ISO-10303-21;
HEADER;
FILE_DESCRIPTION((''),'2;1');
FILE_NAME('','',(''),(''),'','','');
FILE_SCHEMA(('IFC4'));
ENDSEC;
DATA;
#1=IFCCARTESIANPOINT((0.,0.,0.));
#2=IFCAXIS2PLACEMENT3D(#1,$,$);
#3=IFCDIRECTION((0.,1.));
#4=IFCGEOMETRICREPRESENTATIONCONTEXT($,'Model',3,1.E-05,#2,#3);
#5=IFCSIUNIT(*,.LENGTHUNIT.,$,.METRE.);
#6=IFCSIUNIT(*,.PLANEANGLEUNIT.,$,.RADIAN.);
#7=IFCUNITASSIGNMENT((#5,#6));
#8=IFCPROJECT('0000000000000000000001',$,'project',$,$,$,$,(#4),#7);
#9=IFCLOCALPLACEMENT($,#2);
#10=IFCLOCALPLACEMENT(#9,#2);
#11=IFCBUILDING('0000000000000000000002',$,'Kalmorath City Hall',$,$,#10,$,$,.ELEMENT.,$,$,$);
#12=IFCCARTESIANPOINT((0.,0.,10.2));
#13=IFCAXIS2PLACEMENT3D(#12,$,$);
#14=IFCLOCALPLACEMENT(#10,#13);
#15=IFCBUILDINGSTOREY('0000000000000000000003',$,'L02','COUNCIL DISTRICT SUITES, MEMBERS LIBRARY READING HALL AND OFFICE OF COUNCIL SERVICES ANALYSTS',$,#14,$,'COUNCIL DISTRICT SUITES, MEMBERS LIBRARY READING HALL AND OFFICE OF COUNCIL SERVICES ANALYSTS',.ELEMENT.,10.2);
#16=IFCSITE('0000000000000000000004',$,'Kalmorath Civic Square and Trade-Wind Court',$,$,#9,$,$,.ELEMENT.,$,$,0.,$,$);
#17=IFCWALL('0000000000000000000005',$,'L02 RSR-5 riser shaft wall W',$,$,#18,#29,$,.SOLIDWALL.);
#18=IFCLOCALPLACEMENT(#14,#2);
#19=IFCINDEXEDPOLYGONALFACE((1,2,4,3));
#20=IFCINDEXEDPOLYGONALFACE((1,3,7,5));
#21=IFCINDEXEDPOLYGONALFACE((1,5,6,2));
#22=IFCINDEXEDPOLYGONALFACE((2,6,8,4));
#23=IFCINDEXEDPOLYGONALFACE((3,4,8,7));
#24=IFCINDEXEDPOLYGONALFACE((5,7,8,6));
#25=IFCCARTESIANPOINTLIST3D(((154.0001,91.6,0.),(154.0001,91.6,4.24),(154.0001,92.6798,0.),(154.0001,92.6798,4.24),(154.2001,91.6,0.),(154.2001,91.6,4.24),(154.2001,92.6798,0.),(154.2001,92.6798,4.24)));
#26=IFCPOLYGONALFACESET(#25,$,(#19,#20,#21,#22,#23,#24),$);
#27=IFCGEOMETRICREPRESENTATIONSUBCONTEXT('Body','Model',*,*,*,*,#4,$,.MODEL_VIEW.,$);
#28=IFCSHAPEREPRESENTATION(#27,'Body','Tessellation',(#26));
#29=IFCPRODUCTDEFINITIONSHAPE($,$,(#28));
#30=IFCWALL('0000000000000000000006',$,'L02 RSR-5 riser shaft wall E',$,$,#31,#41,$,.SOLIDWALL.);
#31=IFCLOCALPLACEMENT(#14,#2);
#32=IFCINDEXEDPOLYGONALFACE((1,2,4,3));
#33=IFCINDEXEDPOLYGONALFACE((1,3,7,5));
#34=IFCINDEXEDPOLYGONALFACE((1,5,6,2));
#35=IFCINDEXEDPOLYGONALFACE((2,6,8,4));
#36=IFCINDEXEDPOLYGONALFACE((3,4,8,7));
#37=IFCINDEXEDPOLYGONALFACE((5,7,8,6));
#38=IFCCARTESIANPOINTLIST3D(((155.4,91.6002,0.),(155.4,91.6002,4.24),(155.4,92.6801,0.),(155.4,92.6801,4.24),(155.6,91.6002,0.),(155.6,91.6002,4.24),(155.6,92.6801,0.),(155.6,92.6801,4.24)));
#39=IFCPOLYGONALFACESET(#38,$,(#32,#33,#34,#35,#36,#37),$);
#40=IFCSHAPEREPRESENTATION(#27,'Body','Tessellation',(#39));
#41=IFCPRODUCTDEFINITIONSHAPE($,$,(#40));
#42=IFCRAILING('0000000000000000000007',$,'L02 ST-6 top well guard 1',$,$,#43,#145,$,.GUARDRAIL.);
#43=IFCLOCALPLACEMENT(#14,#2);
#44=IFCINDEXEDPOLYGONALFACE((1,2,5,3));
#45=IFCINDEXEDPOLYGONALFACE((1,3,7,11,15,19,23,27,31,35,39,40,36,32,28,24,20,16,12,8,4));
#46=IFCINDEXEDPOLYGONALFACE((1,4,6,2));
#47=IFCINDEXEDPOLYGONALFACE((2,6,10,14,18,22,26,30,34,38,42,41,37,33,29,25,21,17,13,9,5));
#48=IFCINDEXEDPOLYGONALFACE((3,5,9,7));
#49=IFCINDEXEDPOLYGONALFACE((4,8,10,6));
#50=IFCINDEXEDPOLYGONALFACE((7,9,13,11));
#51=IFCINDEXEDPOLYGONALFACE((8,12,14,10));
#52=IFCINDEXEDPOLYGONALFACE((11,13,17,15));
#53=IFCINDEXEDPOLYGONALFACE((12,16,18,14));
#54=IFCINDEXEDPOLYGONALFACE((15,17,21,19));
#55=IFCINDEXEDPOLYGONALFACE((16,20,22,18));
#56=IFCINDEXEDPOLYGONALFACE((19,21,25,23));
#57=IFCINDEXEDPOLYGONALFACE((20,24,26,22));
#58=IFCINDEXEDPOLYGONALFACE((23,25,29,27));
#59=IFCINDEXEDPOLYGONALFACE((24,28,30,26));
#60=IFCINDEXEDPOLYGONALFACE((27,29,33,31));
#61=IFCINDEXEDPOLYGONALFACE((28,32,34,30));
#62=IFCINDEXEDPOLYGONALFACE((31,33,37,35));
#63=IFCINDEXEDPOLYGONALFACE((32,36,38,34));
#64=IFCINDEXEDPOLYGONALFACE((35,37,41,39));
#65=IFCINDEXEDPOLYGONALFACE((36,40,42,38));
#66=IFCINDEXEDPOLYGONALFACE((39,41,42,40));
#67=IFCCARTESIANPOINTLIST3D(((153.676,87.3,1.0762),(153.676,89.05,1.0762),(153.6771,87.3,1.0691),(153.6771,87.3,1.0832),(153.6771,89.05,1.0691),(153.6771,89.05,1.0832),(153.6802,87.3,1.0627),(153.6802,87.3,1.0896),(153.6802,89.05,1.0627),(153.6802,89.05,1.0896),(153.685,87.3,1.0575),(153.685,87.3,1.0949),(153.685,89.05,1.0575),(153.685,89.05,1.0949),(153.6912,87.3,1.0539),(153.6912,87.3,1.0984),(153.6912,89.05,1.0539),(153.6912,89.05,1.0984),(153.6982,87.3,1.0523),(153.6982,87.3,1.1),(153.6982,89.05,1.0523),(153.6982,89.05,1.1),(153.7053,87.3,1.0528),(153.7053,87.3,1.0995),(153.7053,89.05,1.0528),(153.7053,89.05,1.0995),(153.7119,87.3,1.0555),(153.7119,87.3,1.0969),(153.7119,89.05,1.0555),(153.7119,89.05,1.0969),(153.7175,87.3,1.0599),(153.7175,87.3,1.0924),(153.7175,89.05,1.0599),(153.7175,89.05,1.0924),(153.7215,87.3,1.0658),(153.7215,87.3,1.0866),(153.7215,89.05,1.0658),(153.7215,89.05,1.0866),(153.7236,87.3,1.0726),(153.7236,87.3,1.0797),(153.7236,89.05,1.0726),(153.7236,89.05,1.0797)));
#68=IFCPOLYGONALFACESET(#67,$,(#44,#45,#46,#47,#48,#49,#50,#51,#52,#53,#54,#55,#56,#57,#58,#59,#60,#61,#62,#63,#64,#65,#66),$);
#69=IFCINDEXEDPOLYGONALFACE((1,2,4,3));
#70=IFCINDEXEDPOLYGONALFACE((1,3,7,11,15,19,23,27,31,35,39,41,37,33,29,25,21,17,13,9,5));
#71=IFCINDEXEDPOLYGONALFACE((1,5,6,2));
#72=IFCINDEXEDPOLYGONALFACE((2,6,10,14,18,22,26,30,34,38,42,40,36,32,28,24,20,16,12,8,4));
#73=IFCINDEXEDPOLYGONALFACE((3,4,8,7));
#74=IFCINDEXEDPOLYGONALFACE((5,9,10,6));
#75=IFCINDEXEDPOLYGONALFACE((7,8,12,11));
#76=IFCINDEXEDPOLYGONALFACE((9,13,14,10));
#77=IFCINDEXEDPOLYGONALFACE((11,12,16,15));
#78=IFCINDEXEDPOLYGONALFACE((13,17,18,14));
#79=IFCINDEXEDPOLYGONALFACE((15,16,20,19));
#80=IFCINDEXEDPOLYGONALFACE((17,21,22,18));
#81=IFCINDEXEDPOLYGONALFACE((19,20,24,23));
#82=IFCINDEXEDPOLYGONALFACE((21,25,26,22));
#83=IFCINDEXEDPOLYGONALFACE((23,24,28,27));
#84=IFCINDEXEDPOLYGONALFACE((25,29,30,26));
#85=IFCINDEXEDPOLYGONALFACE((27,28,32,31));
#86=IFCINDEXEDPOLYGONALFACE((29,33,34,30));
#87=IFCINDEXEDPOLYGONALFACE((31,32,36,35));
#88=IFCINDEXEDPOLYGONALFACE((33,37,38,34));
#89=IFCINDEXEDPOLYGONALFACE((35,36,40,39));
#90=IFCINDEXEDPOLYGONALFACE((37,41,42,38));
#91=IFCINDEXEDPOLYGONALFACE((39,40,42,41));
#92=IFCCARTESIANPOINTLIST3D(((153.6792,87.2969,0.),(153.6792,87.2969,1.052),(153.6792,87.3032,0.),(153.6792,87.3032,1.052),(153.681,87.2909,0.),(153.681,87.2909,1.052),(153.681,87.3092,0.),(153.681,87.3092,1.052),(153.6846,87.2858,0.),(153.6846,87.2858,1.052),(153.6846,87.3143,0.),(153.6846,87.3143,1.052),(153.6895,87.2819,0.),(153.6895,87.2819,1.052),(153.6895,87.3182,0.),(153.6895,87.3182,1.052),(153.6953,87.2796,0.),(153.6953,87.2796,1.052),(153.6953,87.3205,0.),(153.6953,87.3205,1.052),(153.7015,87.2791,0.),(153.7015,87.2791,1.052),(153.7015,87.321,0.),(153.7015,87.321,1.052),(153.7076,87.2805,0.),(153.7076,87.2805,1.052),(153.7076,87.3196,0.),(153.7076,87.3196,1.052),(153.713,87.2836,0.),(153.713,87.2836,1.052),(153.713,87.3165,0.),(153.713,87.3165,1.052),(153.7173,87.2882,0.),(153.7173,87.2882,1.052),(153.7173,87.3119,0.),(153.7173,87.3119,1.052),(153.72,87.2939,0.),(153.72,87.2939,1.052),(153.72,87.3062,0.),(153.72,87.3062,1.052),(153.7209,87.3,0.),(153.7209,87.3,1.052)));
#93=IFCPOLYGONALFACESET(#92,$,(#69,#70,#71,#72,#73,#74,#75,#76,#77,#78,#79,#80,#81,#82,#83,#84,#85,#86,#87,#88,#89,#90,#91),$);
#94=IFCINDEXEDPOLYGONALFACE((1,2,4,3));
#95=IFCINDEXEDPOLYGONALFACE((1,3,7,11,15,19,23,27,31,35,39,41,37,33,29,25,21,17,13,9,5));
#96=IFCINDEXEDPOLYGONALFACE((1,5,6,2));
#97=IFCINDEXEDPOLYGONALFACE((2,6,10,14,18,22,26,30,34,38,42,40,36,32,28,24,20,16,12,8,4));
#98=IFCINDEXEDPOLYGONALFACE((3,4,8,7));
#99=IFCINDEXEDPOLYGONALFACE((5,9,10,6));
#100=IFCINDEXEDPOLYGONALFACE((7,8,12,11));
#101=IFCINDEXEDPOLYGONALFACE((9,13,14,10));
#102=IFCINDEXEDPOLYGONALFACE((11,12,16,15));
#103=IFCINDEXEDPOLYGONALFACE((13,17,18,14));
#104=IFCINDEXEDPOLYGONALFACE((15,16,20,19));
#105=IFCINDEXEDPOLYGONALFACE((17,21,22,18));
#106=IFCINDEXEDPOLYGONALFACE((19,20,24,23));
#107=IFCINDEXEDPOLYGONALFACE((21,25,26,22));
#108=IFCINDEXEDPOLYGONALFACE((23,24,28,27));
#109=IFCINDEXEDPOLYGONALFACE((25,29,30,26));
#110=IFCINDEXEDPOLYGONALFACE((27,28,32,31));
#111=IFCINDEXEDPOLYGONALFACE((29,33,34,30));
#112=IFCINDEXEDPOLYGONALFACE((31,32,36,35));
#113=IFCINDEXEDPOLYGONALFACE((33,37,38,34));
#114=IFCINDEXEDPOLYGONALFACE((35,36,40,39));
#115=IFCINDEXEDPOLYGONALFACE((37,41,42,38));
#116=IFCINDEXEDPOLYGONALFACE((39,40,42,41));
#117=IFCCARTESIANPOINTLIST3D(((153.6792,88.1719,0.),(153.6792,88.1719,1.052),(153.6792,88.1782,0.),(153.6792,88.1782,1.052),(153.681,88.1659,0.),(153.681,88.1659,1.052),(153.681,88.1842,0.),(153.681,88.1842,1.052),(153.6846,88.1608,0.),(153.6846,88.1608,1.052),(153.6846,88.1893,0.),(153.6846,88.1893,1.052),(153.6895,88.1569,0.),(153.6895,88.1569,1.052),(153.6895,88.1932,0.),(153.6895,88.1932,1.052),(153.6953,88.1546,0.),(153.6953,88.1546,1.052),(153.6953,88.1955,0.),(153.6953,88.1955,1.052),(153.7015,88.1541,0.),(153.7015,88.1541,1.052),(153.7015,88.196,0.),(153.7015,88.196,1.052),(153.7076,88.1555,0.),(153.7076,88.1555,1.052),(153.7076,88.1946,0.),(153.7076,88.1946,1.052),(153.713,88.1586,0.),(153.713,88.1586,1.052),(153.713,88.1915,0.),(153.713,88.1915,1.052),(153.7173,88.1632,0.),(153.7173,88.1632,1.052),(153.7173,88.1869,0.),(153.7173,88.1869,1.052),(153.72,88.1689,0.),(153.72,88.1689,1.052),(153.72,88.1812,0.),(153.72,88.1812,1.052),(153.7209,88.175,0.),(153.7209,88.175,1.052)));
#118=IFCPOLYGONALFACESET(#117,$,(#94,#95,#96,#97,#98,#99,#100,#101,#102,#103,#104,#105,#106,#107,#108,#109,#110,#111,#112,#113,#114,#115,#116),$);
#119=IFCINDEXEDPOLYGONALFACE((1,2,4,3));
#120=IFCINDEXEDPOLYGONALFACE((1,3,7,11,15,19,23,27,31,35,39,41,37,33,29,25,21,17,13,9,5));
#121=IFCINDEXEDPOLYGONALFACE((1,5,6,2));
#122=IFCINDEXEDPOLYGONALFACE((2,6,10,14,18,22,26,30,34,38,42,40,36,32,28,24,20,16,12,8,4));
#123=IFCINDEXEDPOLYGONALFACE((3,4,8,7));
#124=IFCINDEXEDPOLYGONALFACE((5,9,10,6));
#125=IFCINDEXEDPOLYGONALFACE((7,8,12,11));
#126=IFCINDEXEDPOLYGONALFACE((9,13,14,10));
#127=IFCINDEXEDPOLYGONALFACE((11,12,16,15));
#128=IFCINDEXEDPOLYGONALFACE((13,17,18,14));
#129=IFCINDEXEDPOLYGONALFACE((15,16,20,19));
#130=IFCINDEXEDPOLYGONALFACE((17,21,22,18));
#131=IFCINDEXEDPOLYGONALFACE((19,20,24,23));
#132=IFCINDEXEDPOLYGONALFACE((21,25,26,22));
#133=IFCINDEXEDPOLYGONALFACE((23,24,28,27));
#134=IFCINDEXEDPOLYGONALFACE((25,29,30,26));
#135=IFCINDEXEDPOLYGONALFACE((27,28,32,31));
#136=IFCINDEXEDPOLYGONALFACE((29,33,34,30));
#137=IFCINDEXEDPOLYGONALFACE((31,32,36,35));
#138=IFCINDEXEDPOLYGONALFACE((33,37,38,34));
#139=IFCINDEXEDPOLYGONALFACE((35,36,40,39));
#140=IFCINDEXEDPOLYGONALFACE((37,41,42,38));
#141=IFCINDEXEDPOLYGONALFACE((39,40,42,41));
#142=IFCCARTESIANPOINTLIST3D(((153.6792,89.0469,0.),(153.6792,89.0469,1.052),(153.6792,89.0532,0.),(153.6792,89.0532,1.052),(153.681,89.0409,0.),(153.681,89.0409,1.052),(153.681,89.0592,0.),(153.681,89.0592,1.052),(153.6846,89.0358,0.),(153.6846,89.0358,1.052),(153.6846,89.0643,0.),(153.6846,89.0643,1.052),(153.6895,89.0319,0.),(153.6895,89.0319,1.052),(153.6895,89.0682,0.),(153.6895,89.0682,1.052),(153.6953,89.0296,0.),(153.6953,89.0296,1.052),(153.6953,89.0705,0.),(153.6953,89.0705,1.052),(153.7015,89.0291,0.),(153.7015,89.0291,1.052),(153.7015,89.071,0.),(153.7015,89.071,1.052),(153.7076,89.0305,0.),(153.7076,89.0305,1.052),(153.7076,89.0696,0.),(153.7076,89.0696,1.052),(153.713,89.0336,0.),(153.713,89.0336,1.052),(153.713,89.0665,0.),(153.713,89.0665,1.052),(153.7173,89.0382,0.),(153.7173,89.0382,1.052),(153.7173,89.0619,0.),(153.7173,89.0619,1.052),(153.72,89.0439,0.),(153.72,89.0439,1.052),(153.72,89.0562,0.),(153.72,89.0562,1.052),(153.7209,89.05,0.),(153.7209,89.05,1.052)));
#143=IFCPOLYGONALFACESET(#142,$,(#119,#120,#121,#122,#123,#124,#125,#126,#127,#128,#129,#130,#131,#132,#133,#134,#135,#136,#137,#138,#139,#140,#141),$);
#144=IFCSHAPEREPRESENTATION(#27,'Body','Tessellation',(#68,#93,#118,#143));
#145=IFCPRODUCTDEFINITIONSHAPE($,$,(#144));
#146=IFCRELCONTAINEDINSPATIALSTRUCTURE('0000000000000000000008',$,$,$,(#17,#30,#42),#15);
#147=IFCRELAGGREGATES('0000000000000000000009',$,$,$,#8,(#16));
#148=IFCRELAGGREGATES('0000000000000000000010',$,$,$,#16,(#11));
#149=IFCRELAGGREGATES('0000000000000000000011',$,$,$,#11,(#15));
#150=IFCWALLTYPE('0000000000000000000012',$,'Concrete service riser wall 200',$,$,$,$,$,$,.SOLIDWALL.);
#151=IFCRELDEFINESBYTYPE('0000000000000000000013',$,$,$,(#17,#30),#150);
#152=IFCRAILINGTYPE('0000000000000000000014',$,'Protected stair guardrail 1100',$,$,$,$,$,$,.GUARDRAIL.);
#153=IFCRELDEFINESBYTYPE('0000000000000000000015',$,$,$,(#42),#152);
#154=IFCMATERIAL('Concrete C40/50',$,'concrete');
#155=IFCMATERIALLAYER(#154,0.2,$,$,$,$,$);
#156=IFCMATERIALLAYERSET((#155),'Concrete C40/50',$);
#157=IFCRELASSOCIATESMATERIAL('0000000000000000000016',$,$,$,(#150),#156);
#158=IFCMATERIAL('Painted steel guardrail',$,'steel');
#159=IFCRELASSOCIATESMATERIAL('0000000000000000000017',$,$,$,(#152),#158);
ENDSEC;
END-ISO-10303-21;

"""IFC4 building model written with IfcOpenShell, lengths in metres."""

from ifc_helpers import new_model, si_unit, direction, frame, frame_2d, origin, origin_2d, place, context, subcontext, project, spatial, rectangle, circle, extrude, material, layer, layer_set, type_object, element, save


model = new_model("IFC4")

# Units and contexts
model_context = context("Model", 3, precision=1e-05, world=origin(), true_north=direction((0.0, 1.0)))
body_context = subcontext(model_context, "Body", "Model", "MODEL_VIEW")
ifc_project = project(units=[si_unit("LENGTHUNIT", "METRE"), si_unit("PLANEANGLEUNIT", "RADIAN")], contexts=[model_context])

# Site, building, storey
site_placement = place(None, origin())
site = spatial("IfcSite", under=ifc_project, at=site_placement, Name="Kalmorath Civic Square and Trade-Wind Court", CompositionType="ELEMENT", RefElevation=0.0)
building_placement = place(site_placement, origin())
building = spatial("IfcBuilding", under=site, at=building_placement, Name="Kalmorath City Hall", CompositionType="ELEMENT")
storey_placement = place(building_placement, frame((0.0, 0.0, 10.2)))
storey = spatial("IfcBuildingStorey", under=building, at=storey_placement, Name="L02", Description="COUNCIL DISTRICT SUITES, MEMBERS LIBRARY READING HALL AND OFFICE OF COUNCIL SERVICES ANALYSTS", LongName="COUNCIL DISTRICT SUITES, MEMBERS LIBRARY READING HALL AND OFFICE OF COUNCIL SERVICES ANALYSTS", CompositionType="ELEMENT", Elevation=10.2)

# Walls
ifc_material_1 = material(Name="Concrete C40/50", Category="concrete")
ifc_layer_1 = layer(ifc_material_1, 0.2)
ifc_layer_set_1 = layer_set([ifc_layer_1], Name="Concrete C40/50")
wall_type_1 = type_object("IfcWallType", Name="Concrete service riser wall 200", PredefinedType="SOLIDWALL", material=ifc_layer_set_1)
for number, where, z_axis, x_axis, name in (
    (1, (154.1001, 92.6799, 0.0), (0.0, 0.0, 1.0), (0.0, -1.0, 0.0), "L02 RSR-5 riser shaft wall W"),
    (2, (155.5, 91.6001, 0.0), (0.0, 0.0, 1.0), (0.0, 1.0, 0.0), "L02 RSR-5 riser shaft wall E"),
):
    element("IfcWall", number, at=place(storey_placement, frame(where, z_axis=z_axis, x_axis=x_axis)), inside=storey, type_object=wall_type_1, Name=name, PredefinedType="SOLIDWALL", context=body_context, shape_type="SweptSolid", body=[
        extrude(rectangle(XDim=1.0798, YDim=0.2, at=frame_2d((0.54, 0.0))), origin(), (0.0, 0.0, 1.0), 4.24),
    ])

# Railing
ifc_material_2 = material(Name="Painted steel guardrail", Category="steel")
railing_type = type_object("IfcRailingType", Name="Protected stair guardrail 1100", PredefinedType="GUARDRAIL", material=ifc_material_2)
railing_placement = place(storey_placement, frame((153.7, 87.3, 0.0)))
element("IfcRailing", 3, at=railing_placement, inside=storey, type_object=railing_type, Name="L02 ST-6 top well guard 1", PredefinedType="GUARDRAIL", context=body_context, shape_type="SweptSolid", body=[
    extrude(circle(Radius=0.0239, at=origin_2d()), frame((0.0, 0.0, 1.0762), z_axis=(0.0, 1.0, 0.0), x_axis=(-1.0, 0.0, 0.0)), (0.0, 0.0, 1.0), 1.75),
    extrude(circle(Radius=0.021, at=origin_2d()), origin(), (0.0, 0.0, 1.0), 1.052),
    extrude(circle(Radius=0.021, at=origin_2d()), frame((0.0, 0.875, 0.0)), (0.0, 0.0, 1.0), 1.052),
    extrude(circle(Radius=0.021, at=origin_2d()), frame((0.0, 1.75, 0.0)), (0.0, 0.0, 1.0), 1.052),
])

save(model, "model.ifc")
